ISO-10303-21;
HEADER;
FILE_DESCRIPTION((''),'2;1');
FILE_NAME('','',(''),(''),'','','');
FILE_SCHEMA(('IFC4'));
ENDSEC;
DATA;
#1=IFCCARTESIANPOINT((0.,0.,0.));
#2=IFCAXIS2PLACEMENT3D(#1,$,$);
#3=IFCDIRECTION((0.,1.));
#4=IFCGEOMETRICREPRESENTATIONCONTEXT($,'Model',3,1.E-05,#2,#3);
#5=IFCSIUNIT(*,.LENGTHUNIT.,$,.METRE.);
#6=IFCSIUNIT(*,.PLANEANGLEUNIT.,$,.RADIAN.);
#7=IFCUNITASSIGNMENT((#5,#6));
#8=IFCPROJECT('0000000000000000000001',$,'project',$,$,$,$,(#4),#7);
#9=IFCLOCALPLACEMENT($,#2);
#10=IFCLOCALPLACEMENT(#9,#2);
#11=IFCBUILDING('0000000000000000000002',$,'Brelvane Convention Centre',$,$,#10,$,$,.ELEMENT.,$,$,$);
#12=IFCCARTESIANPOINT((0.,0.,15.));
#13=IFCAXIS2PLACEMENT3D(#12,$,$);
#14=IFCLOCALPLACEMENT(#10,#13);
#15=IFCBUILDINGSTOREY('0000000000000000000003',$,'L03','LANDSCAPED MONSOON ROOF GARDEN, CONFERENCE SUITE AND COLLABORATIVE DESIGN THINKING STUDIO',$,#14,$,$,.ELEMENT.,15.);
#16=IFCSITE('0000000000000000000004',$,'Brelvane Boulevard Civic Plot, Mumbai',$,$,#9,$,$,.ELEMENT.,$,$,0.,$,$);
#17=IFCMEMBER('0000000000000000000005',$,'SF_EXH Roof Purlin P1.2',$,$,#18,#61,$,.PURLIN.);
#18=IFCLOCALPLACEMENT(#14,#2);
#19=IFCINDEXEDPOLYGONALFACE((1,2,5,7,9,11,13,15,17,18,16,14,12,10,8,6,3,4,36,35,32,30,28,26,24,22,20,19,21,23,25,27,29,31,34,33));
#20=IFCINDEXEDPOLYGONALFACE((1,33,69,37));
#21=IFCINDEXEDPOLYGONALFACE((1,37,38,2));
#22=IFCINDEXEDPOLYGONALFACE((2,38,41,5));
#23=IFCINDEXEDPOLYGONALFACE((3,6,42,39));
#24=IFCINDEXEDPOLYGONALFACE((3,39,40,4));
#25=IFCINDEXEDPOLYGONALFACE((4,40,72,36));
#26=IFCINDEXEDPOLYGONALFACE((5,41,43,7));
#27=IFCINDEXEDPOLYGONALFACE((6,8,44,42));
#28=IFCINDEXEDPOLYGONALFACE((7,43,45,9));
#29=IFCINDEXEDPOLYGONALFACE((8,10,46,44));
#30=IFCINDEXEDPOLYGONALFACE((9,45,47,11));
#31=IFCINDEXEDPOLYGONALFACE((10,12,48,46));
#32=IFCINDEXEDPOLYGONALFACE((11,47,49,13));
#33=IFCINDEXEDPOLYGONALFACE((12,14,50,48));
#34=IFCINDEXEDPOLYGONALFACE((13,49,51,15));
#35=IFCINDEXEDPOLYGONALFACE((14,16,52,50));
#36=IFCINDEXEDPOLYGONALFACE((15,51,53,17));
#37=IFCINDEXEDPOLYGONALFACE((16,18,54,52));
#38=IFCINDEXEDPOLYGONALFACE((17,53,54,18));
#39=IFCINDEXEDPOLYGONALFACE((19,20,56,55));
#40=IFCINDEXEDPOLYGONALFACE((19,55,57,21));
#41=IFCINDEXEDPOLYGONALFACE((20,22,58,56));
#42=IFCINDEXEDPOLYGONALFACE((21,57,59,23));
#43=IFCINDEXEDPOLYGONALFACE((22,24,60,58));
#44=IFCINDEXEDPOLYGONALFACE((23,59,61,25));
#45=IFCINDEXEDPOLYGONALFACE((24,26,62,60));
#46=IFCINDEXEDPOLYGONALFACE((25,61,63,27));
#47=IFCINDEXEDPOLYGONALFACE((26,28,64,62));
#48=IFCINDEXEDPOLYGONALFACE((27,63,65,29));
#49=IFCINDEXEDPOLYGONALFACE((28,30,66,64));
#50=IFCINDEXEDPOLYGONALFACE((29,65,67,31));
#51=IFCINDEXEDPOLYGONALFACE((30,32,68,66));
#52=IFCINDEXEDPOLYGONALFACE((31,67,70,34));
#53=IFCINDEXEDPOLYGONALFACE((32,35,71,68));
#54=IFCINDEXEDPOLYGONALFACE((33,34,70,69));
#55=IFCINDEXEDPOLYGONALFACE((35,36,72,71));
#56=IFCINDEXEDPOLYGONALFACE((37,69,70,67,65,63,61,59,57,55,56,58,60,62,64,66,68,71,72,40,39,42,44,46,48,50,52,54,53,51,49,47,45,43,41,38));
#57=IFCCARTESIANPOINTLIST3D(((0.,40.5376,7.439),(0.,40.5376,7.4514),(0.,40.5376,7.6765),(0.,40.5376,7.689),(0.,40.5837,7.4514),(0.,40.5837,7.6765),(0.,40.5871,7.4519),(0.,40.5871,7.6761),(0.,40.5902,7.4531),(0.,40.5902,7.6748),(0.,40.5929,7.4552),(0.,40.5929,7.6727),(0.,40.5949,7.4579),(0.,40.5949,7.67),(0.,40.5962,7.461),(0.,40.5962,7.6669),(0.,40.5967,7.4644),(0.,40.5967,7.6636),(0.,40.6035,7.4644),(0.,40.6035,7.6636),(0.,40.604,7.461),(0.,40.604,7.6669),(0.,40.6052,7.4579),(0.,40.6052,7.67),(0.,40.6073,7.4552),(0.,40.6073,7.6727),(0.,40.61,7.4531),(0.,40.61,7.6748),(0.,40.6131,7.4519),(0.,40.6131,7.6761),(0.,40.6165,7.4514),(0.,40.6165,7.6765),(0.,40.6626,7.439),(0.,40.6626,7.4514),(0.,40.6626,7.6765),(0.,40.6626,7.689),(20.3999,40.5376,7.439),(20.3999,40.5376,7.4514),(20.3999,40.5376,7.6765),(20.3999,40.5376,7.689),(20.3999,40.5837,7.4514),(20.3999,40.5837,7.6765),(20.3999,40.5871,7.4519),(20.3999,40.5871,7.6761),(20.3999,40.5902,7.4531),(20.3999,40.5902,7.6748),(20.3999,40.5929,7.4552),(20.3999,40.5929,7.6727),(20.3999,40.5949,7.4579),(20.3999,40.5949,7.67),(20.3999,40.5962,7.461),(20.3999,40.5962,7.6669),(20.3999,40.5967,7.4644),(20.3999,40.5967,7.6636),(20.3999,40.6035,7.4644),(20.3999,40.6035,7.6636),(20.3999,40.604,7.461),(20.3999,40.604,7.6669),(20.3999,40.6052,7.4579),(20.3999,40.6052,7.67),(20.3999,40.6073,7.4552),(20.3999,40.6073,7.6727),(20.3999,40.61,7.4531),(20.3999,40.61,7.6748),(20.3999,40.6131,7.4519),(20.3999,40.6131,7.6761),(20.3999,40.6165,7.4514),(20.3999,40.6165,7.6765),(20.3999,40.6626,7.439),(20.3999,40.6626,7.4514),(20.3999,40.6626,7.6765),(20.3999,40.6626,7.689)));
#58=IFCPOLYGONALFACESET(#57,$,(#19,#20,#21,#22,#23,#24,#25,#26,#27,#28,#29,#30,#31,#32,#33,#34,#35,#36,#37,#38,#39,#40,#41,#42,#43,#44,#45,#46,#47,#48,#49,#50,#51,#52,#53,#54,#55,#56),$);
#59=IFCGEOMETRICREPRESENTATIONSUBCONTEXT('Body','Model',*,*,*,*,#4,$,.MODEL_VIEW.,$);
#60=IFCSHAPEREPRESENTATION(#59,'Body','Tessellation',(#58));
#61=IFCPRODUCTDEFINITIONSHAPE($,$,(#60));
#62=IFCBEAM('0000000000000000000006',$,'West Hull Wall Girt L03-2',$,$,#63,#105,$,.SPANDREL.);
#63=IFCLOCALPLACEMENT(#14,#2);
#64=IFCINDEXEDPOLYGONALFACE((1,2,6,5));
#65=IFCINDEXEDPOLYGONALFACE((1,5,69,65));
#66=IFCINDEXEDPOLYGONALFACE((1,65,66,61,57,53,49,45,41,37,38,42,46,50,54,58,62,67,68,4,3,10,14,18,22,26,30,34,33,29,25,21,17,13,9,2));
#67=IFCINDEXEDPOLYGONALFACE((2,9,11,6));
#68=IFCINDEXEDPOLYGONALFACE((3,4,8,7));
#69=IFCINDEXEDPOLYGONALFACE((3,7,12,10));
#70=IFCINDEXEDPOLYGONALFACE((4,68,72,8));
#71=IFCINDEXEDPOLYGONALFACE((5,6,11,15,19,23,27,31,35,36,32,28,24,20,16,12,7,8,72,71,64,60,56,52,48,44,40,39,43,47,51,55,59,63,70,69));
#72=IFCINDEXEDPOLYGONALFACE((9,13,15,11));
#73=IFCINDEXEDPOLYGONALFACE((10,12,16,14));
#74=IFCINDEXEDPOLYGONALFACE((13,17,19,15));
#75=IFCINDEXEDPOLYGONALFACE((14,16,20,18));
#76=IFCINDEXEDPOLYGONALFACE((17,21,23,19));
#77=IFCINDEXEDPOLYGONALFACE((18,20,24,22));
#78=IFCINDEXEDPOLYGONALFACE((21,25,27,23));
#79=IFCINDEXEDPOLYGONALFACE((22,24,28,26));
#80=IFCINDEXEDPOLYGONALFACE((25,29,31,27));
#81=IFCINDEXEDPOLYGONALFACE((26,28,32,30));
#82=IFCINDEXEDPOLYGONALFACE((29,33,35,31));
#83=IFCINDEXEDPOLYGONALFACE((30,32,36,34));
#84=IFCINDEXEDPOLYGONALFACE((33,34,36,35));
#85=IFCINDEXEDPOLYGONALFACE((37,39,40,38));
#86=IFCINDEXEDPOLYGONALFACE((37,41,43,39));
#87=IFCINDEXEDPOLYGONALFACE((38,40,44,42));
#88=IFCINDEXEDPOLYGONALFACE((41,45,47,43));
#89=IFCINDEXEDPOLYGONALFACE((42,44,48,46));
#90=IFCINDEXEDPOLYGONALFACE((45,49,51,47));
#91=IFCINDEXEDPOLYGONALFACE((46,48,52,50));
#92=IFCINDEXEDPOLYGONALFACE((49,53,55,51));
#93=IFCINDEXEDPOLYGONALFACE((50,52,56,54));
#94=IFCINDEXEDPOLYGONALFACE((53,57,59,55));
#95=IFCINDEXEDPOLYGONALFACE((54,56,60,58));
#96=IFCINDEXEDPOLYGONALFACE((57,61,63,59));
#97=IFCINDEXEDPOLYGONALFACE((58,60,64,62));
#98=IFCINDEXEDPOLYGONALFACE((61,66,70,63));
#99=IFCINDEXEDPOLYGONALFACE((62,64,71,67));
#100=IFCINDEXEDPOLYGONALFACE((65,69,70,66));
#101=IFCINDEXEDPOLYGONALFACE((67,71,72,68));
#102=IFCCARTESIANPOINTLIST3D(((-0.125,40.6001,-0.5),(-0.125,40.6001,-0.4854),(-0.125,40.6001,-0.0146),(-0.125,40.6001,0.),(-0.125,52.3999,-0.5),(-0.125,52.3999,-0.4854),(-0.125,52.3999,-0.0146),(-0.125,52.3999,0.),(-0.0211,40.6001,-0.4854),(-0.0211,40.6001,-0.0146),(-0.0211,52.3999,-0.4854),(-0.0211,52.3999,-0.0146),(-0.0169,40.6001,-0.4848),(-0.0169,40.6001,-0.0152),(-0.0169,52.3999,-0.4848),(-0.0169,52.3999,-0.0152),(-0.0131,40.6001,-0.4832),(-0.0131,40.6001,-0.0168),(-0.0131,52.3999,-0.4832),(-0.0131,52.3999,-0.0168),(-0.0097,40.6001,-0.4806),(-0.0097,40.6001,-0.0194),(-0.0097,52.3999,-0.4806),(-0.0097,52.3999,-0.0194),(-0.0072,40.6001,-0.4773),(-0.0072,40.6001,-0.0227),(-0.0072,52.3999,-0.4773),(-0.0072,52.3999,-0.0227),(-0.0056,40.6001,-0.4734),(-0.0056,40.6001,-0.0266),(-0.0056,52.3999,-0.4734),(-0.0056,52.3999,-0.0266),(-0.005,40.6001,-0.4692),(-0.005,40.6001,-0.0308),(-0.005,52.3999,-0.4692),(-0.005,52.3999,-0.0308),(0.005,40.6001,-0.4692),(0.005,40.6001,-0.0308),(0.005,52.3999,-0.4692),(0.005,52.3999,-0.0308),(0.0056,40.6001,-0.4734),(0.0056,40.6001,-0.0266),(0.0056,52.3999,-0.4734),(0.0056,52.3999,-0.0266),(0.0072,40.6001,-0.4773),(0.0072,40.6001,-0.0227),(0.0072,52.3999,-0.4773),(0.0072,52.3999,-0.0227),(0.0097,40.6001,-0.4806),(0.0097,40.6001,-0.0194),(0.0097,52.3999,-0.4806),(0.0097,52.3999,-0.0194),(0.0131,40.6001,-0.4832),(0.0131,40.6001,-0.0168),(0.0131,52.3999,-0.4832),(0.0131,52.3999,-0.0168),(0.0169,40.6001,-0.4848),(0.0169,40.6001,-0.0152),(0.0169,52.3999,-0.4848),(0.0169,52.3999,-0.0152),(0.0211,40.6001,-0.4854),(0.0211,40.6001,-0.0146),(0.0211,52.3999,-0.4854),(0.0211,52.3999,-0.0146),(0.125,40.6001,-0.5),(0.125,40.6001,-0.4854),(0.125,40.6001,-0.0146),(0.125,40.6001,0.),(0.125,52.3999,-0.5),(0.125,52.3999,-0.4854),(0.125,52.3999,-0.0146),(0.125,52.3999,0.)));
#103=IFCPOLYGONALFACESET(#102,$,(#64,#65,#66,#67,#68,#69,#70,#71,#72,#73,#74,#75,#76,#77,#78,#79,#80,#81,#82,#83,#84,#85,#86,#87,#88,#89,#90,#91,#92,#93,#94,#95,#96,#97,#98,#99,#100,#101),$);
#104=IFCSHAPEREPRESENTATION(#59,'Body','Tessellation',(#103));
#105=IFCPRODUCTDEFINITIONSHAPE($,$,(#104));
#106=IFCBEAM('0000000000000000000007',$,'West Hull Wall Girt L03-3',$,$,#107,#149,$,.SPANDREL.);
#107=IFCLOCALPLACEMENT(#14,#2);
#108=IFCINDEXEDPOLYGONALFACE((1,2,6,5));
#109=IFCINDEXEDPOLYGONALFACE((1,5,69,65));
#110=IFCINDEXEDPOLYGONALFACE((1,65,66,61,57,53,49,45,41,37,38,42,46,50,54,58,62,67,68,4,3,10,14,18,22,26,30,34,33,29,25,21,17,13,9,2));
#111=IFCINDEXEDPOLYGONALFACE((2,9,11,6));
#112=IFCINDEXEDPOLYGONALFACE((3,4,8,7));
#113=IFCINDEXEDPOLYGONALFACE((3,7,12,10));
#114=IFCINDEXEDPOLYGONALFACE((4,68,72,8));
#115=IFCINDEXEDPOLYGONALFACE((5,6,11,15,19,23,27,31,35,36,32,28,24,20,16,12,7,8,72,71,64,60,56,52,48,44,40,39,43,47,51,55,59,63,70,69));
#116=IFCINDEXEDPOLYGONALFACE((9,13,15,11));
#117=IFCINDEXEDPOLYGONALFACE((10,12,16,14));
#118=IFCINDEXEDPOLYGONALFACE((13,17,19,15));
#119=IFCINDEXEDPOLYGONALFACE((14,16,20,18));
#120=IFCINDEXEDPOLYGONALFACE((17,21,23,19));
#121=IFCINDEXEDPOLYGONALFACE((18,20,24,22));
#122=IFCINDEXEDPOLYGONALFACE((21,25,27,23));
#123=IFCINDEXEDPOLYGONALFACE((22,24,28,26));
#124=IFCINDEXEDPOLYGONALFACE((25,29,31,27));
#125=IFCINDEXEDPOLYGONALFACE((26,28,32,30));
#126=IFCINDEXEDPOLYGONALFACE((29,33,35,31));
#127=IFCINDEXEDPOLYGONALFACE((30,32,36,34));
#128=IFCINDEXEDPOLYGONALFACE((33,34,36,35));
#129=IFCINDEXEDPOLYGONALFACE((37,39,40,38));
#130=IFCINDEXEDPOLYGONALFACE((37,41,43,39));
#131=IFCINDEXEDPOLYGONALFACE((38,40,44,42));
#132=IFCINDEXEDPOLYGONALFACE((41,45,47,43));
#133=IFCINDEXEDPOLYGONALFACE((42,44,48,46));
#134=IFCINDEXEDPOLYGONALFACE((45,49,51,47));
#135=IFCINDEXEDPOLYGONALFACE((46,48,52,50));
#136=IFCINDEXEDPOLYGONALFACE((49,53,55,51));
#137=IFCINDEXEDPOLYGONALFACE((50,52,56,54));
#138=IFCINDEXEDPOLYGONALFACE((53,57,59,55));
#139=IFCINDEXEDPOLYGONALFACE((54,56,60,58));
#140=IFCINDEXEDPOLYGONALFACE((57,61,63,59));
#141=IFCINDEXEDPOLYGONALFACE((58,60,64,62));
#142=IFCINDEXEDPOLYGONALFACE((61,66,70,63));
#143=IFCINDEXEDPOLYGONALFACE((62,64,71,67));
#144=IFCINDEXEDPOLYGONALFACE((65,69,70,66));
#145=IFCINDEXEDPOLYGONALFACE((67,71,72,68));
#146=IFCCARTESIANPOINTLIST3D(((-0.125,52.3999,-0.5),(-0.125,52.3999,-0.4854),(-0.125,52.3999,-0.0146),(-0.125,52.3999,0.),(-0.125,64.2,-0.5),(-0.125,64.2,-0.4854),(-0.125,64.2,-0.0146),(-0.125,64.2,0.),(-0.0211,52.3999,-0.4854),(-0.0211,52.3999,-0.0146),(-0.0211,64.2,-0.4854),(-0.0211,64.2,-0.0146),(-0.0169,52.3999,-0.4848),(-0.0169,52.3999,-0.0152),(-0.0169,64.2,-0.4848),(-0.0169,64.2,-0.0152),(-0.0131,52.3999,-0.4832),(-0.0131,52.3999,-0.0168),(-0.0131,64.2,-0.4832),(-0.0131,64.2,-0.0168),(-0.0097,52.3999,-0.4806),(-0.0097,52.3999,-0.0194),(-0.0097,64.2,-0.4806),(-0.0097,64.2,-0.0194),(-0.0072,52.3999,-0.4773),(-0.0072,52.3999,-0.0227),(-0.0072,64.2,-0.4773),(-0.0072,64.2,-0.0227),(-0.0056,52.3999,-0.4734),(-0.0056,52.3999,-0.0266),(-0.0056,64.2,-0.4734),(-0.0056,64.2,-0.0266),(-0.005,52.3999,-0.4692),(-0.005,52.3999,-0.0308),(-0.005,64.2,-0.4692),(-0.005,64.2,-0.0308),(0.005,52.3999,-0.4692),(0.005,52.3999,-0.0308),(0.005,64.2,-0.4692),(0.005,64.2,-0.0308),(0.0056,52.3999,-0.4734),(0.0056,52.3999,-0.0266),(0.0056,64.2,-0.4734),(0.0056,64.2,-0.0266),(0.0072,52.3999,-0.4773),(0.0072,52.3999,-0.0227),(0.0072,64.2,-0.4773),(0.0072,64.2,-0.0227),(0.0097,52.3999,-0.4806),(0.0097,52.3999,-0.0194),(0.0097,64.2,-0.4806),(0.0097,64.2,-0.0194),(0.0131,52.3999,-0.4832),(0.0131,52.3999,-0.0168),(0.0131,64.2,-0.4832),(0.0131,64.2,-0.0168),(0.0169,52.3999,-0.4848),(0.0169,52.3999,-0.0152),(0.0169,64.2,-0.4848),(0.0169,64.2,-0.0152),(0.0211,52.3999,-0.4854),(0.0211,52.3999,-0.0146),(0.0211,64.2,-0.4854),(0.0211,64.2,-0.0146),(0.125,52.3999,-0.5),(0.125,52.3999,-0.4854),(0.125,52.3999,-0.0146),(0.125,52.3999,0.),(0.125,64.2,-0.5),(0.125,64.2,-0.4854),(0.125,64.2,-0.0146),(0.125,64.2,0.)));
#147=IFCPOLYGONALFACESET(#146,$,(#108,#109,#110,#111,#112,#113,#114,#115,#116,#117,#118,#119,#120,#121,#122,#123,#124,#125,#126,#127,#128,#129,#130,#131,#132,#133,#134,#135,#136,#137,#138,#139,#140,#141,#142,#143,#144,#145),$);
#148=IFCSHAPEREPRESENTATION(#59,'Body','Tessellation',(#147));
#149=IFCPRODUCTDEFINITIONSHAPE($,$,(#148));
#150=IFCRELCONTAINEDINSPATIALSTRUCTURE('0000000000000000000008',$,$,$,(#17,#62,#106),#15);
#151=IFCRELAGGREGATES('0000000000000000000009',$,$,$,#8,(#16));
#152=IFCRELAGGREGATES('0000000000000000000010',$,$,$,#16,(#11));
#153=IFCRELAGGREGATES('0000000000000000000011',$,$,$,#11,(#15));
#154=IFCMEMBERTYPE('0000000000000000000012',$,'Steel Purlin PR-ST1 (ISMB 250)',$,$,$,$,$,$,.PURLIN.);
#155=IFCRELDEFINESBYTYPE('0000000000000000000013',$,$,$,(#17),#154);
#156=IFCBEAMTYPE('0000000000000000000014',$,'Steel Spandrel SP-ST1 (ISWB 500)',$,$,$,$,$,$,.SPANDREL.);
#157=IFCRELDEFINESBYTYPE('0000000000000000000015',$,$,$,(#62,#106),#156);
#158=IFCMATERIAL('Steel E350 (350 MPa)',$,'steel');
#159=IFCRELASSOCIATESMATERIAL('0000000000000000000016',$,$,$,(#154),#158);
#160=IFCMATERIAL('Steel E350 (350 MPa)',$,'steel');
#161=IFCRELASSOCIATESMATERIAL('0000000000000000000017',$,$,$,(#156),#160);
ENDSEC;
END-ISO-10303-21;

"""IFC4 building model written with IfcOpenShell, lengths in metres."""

from ifc_helpers import new_model, si_unit, direction, frame, origin, origin_2d, place, context, subcontext, project, spatial, i_section, extrude, material, material_profile, profile_set, type_object, element, save


model = new_model("IFC4")

# Units and contexts
model_context = context("Model", 3, precision=1e-05, world=origin(), true_north=direction((0.0, 1.0)))
body_context = subcontext(model_context, "Body", "Model", "MODEL_VIEW")
ifc_project = project(units=[si_unit("LENGTHUNIT", "METRE"), si_unit("PLANEANGLEUNIT", "RADIAN")], contexts=[model_context])

# Site, building, storey
site_placement = place(None, origin())
site = spatial("IfcSite", under=ifc_project, at=site_placement, Name="Brelvane Boulevard Civic Plot, Mumbai", CompositionType="ELEMENT", RefElevation=0.0)
building_placement = place(site_placement, origin())
building = spatial("IfcBuilding", under=site, at=building_placement, Name="Brelvane Convention Centre", CompositionType="ELEMENT")
storey_placement = place(building_placement, frame((0.0, 0.0, 15.0)))
storey = spatial("IfcBuildingStorey", under=building, at=storey_placement, Name="L03", Description="LANDSCAPED MONSOON ROOF GARDEN, CONFERENCE SUITE AND COLLABORATIVE DESIGN THINKING STUDIO", CompositionType="ELEMENT", Elevation=15.0)

# Member
ifc_material_1 = material(Name="Steel E350 (350 MPa)", Category="steel")
ifc_material_profile_1 = material_profile(ifc_material_1, i_section(OverallWidth=0.125, OverallDepth=0.25, WebThickness=0.0068, FlangeThickness=0.0125, FilletRadius=0.0129, at=origin_2d()), Name="ISMB 250")
ifc_profile_set_1 = profile_set([ifc_material_profile_1], Name="Steel E350 (350 MPa)")
member_type_1 = type_object("IfcMemberType", Name="Steel Purlin PR-ST1 (ISMB 250)", PredefinedType="PURLIN", material=ifc_profile_set_1)
member_1_placement = place(storey_placement, frame((0.0, 40.6001, 7.564), z_axis=(1.0, 0.0, 0.0), x_axis=(0.0, 1.0, 0.0)))
element("IfcMember", 1, at=member_1_placement, inside=storey, type_object=member_type_1, Name="SF_EXH Roof Purlin P1.2", PredefinedType="PURLIN", context=body_context, shape_type="SweptSolid", body=[
    extrude(i_section(OverallWidth=0.125, OverallDepth=0.25, WebThickness=0.0068, FlangeThickness=0.0125, FilletRadius=0.0129, at=origin_2d()), origin(), (0.0, 0.0, 1.0), 20.3999),
])

# Beams
ifc_material_2 = material(Name="Steel E350 (350 MPa)", Category="steel")
ifc_material_profile_2 = material_profile(ifc_material_2, i_section(OverallWidth=0.25, OverallDepth=0.5, WebThickness=0.01, FlangeThickness=0.0146, FilletRadius=0.0161, at=origin_2d()), Name="ISWB 500")
ifc_profile_set_2 = profile_set([ifc_material_profile_2], Name="Steel E350 (350 MPa)")
beam_type_1 = type_object("IfcBeamType", Name="Steel Spandrel SP-ST1 (ISWB 500)", PredefinedType="SPANDREL", material=ifc_profile_set_2)
beam_1_placement = place(storey_placement, frame((0.0, 40.6001, -0.25), z_axis=(0.0, 1.0, 0.0), x_axis=(-1.0, 0.0, 0.0)))
element("IfcBeam", 2, at=beam_1_placement, inside=storey, type_object=beam_type_1, Name="West Hull Wall Girt L03-2", PredefinedType="SPANDREL", context=body_context, shape_type="SweptSolid", body=[
    extrude(i_section(OverallWidth=0.25, OverallDepth=0.5, WebThickness=0.01, FlangeThickness=0.0146, FilletRadius=0.0161, at=origin_2d()), origin(), (0.0, 0.0, 1.0), 11.7998),
])
beam_2_placement = place(storey_placement, frame((0.0, 52.3999, -0.25), z_axis=(0.0, 1.0, 0.0), x_axis=(-1.0, 0.0, 0.0)))
element("IfcBeam", 3, at=beam_2_placement, inside=storey, type_object=beam_type_1, Name="West Hull Wall Girt L03-3", PredefinedType="SPANDREL", context=body_context, shape_type="SweptSolid", body=[
    extrude(i_section(OverallWidth=0.25, OverallDepth=0.5, WebThickness=0.01, FlangeThickness=0.0146, FilletRadius=0.0161, at=origin_2d()), origin(), (0.0, 0.0, 1.0), 11.8),
])

save(model, "model.ifc")
